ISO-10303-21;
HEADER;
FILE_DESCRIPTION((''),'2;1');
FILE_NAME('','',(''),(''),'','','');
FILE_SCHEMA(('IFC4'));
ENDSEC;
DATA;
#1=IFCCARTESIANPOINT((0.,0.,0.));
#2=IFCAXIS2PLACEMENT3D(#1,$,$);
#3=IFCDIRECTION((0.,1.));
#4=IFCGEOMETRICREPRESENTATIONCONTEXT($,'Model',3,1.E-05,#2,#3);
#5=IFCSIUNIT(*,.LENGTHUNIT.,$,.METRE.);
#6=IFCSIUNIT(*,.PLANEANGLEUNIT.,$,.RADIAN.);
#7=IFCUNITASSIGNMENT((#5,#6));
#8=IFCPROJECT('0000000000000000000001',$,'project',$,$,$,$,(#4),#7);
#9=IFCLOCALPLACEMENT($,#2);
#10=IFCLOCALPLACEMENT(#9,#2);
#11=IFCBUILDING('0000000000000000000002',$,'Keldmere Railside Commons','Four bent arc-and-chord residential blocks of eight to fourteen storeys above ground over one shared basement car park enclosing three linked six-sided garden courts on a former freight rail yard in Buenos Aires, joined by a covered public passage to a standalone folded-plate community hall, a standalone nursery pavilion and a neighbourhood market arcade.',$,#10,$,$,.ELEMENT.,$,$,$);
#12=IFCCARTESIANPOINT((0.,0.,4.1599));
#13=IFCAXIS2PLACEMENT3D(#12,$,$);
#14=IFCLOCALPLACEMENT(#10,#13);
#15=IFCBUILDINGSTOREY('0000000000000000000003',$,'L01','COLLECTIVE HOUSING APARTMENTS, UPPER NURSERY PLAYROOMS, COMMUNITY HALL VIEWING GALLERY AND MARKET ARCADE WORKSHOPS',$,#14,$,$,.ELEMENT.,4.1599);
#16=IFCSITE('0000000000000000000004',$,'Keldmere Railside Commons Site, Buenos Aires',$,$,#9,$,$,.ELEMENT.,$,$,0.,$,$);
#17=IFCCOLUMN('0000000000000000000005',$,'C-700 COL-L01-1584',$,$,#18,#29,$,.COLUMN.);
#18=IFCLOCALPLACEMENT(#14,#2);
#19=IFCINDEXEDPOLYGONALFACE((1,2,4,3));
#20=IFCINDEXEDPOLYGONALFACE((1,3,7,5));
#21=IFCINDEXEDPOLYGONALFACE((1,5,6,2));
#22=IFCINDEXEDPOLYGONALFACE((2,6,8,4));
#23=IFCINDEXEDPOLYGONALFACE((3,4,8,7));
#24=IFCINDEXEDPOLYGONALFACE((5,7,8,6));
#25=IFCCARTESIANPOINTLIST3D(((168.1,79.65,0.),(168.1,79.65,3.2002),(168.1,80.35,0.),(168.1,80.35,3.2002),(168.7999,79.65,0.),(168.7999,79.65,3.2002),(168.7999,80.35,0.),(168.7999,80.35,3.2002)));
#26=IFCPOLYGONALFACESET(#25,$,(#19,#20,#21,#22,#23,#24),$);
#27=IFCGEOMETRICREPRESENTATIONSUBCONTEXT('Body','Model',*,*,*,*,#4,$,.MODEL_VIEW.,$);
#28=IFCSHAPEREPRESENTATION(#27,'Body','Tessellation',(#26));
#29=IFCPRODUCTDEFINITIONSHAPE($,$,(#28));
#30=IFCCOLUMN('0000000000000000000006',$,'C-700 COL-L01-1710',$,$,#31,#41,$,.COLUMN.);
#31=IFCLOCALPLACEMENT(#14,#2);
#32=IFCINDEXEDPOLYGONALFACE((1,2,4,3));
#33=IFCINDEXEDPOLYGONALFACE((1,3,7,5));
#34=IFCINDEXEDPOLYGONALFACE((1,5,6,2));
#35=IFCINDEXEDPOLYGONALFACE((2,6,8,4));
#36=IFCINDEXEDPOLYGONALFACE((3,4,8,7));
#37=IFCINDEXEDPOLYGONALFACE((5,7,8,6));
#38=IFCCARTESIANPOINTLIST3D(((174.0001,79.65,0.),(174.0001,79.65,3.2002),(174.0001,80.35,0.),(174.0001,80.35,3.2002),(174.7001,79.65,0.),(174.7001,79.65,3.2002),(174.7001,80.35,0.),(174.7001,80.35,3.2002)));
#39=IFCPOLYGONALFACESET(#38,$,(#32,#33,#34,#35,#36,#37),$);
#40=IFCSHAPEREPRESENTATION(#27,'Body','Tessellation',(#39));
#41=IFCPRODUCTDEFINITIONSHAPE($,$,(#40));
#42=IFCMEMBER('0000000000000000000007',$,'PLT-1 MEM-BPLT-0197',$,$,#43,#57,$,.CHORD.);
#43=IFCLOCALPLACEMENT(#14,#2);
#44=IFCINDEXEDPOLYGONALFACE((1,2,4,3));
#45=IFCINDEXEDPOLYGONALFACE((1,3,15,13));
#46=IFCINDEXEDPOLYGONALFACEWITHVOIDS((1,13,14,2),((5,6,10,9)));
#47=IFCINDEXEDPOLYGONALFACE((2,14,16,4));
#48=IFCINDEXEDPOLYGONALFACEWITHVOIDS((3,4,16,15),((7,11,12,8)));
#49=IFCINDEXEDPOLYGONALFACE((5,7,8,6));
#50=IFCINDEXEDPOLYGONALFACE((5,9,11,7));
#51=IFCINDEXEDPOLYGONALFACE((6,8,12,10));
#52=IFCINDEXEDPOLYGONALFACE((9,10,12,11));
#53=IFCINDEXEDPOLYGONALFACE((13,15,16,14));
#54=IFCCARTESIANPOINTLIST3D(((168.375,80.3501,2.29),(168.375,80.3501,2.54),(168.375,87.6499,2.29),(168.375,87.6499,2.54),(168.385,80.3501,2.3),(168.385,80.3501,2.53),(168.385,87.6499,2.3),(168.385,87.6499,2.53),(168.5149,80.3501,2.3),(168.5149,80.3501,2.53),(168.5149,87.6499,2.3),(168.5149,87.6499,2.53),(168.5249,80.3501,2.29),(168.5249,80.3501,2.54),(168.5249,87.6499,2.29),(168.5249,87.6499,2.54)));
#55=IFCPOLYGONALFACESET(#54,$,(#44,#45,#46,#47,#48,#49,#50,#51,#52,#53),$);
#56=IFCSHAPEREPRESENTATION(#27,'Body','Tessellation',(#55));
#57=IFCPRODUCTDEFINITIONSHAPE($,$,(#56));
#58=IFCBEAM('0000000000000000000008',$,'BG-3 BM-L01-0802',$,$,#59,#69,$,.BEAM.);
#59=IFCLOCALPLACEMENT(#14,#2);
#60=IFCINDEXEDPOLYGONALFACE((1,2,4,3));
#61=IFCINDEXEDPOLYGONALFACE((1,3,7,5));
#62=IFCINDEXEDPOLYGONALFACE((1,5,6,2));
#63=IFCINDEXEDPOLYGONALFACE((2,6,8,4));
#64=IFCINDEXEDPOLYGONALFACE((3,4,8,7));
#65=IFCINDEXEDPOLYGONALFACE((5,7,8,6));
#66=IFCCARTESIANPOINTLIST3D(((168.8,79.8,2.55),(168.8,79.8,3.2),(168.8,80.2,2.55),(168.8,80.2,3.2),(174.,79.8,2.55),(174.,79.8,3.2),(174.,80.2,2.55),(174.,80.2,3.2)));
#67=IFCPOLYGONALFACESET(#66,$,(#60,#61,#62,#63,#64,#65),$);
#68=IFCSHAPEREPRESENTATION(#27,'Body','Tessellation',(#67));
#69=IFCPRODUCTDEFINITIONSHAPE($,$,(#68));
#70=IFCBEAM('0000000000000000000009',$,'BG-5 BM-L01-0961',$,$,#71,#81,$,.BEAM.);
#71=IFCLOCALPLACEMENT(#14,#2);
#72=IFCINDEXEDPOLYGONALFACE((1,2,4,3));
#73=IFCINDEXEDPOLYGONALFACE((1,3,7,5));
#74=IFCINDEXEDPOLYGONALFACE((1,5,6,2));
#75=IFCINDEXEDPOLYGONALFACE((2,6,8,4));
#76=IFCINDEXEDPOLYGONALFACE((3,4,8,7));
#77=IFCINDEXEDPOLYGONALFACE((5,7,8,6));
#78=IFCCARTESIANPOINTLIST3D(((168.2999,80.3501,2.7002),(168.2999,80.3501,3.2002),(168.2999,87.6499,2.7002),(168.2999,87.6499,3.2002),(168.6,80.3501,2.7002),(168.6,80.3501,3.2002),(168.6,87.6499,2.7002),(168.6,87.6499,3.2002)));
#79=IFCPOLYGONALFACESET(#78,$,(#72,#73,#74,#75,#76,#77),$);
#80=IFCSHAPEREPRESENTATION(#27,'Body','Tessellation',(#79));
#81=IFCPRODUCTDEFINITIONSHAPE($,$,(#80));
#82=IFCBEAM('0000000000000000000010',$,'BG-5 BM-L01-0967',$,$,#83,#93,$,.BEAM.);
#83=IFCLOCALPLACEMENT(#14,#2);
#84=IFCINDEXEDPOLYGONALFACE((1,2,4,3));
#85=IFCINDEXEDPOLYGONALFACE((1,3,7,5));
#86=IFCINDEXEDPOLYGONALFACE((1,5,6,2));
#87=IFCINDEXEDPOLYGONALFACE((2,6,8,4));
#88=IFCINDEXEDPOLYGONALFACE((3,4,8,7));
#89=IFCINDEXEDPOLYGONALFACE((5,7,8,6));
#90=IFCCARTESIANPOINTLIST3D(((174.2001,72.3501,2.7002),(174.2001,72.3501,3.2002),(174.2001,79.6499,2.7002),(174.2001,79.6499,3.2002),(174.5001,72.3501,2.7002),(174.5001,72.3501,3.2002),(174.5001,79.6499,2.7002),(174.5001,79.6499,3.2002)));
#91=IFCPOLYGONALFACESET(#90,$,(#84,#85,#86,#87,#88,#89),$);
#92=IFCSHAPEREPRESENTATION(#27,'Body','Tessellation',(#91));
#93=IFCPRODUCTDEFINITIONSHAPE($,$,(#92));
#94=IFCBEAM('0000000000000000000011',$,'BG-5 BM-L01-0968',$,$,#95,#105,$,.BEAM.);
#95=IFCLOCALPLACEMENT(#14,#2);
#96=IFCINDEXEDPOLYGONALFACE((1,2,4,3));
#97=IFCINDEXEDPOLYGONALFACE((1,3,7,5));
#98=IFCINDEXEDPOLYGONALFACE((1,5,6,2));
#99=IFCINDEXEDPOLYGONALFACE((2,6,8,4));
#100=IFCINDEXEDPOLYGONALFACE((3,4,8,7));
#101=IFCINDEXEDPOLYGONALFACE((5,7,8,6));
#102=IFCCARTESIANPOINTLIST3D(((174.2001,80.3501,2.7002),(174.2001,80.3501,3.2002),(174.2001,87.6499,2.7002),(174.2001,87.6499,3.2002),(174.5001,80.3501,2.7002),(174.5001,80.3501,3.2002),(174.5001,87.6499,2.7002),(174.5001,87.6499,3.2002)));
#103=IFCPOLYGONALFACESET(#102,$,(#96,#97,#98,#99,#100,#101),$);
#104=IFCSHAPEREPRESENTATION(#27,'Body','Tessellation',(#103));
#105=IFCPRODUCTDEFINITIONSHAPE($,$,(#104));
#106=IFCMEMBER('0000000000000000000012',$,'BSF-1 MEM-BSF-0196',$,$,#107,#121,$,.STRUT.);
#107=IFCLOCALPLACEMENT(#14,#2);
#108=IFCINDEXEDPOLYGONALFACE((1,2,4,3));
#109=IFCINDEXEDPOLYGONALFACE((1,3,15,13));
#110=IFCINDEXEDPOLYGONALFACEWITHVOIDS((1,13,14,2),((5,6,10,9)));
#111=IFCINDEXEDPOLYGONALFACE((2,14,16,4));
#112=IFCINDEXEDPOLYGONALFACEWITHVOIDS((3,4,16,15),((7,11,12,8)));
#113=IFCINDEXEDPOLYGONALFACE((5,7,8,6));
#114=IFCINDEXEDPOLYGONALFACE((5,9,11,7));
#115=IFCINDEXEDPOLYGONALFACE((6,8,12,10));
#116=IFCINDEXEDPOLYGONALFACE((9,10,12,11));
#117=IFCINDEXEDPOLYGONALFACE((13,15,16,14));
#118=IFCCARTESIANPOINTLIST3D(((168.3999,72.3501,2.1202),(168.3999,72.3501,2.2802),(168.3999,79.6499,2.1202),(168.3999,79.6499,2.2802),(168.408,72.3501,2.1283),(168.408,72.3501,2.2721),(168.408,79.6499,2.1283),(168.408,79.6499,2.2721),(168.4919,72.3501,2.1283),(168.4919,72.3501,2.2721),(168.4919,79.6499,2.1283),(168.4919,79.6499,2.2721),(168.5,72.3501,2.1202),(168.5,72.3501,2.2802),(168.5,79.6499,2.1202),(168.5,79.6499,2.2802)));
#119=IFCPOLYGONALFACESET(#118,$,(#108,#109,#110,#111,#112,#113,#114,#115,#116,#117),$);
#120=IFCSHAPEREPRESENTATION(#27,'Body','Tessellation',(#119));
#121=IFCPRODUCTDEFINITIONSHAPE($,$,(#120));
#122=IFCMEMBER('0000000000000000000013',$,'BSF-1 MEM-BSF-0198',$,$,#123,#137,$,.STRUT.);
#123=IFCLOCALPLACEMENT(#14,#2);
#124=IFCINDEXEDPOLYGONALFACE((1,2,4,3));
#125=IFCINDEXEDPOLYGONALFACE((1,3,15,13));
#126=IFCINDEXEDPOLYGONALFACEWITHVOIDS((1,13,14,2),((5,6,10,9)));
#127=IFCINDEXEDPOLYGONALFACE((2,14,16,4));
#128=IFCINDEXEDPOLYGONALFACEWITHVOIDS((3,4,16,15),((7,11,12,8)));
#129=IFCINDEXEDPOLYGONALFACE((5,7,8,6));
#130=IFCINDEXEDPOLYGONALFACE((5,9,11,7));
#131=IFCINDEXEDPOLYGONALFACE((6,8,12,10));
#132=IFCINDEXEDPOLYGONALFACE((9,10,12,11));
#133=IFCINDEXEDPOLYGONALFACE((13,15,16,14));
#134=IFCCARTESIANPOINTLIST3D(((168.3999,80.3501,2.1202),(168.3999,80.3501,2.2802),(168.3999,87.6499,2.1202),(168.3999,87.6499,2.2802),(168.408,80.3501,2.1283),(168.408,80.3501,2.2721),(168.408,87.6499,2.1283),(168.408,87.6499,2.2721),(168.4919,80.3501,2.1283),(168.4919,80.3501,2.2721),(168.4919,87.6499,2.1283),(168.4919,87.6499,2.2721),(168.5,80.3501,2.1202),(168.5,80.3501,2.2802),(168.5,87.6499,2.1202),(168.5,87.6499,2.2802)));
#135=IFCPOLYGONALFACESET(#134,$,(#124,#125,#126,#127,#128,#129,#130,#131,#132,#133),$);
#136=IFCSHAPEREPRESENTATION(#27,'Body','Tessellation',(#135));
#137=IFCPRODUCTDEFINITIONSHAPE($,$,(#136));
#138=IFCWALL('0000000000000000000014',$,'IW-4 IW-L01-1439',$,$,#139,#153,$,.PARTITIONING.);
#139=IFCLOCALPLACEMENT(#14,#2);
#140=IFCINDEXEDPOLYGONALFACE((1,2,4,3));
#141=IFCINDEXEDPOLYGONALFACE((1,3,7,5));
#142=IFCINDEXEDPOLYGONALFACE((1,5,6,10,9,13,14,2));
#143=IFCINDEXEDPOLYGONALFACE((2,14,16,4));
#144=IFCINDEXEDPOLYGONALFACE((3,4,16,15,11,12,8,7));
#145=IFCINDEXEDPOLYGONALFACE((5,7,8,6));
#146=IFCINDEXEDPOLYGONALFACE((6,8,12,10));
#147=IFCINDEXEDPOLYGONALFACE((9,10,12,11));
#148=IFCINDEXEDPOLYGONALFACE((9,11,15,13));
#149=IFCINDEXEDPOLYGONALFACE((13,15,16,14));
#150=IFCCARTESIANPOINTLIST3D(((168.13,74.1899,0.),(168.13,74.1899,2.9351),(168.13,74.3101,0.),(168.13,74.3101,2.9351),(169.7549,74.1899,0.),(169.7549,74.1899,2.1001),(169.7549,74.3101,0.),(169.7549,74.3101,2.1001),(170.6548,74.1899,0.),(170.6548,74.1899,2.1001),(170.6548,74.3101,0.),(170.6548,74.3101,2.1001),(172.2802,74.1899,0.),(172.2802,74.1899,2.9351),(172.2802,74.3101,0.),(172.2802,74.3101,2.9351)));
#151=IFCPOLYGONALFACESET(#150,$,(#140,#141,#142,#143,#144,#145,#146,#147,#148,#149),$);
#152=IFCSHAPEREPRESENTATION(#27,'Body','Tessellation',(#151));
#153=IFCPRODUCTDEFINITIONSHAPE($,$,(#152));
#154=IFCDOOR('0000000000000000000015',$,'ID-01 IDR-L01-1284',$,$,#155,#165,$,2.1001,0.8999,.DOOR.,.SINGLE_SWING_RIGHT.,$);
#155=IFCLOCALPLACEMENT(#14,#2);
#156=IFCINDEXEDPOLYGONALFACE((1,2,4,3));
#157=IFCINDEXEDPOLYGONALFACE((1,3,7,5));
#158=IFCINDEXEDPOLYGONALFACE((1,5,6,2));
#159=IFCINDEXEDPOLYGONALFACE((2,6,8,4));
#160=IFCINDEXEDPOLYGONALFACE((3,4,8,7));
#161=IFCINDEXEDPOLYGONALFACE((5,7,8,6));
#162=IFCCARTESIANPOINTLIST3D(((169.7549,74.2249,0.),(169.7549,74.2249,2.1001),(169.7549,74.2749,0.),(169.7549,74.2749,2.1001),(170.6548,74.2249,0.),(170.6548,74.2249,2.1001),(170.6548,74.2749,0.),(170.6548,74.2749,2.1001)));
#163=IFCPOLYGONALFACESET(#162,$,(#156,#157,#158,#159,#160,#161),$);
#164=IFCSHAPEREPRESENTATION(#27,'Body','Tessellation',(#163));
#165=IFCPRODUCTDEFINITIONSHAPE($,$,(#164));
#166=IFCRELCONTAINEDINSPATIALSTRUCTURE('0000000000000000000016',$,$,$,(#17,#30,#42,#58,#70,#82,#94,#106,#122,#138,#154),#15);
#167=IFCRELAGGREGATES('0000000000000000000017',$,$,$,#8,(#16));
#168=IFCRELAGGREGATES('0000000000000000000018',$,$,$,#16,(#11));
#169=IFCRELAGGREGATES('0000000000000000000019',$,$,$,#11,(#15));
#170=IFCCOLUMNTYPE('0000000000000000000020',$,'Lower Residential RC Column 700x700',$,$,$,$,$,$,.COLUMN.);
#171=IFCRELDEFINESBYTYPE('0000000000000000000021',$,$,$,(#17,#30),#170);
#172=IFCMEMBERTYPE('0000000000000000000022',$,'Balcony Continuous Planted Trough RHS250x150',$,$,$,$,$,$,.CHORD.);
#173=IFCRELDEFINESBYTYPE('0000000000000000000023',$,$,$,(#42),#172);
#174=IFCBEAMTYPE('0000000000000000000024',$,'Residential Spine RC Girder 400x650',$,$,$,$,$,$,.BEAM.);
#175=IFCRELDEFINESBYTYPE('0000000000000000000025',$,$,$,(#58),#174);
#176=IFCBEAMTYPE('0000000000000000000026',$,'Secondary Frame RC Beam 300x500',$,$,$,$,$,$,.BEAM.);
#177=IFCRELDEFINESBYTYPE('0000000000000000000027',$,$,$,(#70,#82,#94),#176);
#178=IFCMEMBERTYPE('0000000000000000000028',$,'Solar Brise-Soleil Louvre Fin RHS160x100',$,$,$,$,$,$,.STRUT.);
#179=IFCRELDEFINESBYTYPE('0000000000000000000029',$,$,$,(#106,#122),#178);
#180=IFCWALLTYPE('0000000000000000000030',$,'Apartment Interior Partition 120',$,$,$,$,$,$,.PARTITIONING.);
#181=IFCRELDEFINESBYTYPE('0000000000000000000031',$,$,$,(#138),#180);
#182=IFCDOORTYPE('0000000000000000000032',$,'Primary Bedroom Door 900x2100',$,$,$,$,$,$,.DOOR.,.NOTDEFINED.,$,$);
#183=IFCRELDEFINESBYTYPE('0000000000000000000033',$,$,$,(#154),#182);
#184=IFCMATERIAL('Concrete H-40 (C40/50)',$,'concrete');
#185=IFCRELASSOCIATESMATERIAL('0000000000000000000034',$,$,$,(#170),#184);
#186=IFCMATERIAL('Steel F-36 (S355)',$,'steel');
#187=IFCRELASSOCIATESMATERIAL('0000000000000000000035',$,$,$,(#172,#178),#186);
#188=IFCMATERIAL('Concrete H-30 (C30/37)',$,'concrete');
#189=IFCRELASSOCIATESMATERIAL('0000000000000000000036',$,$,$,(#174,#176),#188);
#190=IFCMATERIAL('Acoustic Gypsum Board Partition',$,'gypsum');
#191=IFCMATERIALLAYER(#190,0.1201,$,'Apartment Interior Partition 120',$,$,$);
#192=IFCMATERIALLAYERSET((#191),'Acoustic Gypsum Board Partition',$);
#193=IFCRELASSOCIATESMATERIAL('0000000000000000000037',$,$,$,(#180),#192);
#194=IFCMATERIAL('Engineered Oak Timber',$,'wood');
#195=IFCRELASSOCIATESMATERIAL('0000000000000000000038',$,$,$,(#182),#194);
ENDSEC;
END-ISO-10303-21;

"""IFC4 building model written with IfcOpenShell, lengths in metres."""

from ifc_helpers import new_model, si_unit, direction, frame, frame_2d, origin, origin_2d, place, context, subcontext, project, spatial, rectangle, hollow_rectangle, extrude, material, layer, layer_set, material_profile, profile_set, type_object, element, fill, save


model = new_model("IFC4")

# Units and contexts
model_context = context("Model", 3, precision=1e-05, world=origin(), true_north=direction((0.0, 1.0)))
body_context = subcontext(model_context, "Body", "Model", "MODEL_VIEW")
ifc_project = project(units=[si_unit("LENGTHUNIT", "METRE"), si_unit("PLANEANGLEUNIT", "RADIAN")], contexts=[model_context])

# Site, building, storey
site_placement = place(None, origin())
site = spatial("IfcSite", under=ifc_project, at=site_placement, Name="Keldmere Railside Commons Site, Buenos Aires", CompositionType="ELEMENT", RefElevation=0.0)
building_placement = place(site_placement, origin())
building = spatial("IfcBuilding", under=site, at=building_placement, Name="Keldmere Railside Commons", Description="Four bent arc-and-chord residential blocks of eight to fourteen storeys above ground over one shared basement car park enclosing three linked six-sided garden courts on a former freight rail yard in Buenos Aires, joined by a covered public passage to a standalone folded-plate community hall, a standalone nursery pavilion and a neighbourhood market arcade.", CompositionType="ELEMENT")
storey_placement = place(building_placement, frame((0.0, 0.0, 4.1599)))
storey = spatial("IfcBuildingStorey", under=building, at=storey_placement, Name="L01", Description="COLLECTIVE HOUSING APARTMENTS, UPPER NURSERY PLAYROOMS, COMMUNITY HALL VIEWING GALLERY AND MARKET ARCADE WORKSHOPS", CompositionType="ELEMENT", Elevation=4.1599)

# Columns
ifc_material_1 = material(Name="Concrete H-40 (C40/50)", Category="concrete")
ifc_material_profile_1 = material_profile(ifc_material_1, rectangle(XDim=0.7, YDim=0.7, at=origin_2d()), Name="RC-700x700")
ifc_profile_set_1 = profile_set([ifc_material_profile_1], Name="Concrete H-40 (C40/50)")
column_type = type_object("IfcColumnType", Name="Lower Residential RC Column 700x700", PredefinedType="COLUMN", material=ifc_profile_set_1)
for number, where, z_axis, x_axis, name in (
    (1, (168.45, 80.0, 0.0), (0.0, 0.0, 1.0), (1.0, 0.0, 0.0), "C-700 COL-L01-1584"),
    (2, (174.3501, 80.0, 0.0), (0.0, 0.0, 1.0), (1.0, 0.0, 0.0), "C-700 COL-L01-1710"),
):
    element("IfcColumn", number, at=place(storey_placement, frame(where, z_axis=z_axis, x_axis=x_axis)), inside=storey, type_object=column_type, Name=name, PredefinedType="COLUMN", context=body_context, shape_type="SweptSolid", body=[
        extrude(rectangle(XDim=0.7, YDim=0.7, at=origin_2d()), origin(), (0.0, 0.0, 1.0), 3.2002),
    ])

# Member
ifc_material_2 = material(Name="Steel F-36 (S355)", Category="steel")
ifc_material_profile_2 = material_profile(ifc_material_2, hollow_rectangle(XDim=0.1499, YDim=0.25, WallThickness=0.01, at=origin_2d()), Name="RHS-250x150x10")
ifc_profile_set_2 = profile_set([ifc_material_profile_2], Name="Steel F-36 (S355)")
member_type_1 = type_object("IfcMemberType", Name="Balcony Continuous Planted Trough RHS250x150", PredefinedType="CHORD", material=ifc_profile_set_2)
member_placement = place(storey_placement, frame((168.45, 80.3501, 2.415), z_axis=(0.0, 1.0, 0.0), x_axis=(-1.0, 0.0, 0.0)))
element("IfcMember", 3, at=member_placement, inside=storey, type_object=member_type_1, Name="PLT-1 MEM-BPLT-0197", PredefinedType="CHORD", context=body_context, shape_type="SweptSolid", body=[
    extrude(hollow_rectangle(XDim=0.1499, YDim=0.25, WallThickness=0.01, at=origin_2d()), origin(), (0.0, 0.0, 1.0), 7.2998),
])

# Beams
ifc_material_3 = material(Name="Concrete H-30 (C30/37)", Category="concrete")
ifc_material_profile_3 = material_profile(ifc_material_3, rectangle(XDim=0.3999, YDim=0.6499, at=origin_2d()), Name="RC-400x650")
ifc_profile_set_3 = profile_set([ifc_material_profile_3], Name="Concrete H-30 (C30/37)")
beam_type_1 = type_object("IfcBeamType", Name="Residential Spine RC Girder 400x650", PredefinedType="BEAM", material=ifc_profile_set_3)
beam_placement = place(storey_placement, frame((168.8, 80.0, 2.875), z_axis=(1.0, 0.0, 0.0), x_axis=(0.0, 1.0, 0.0)))
element("IfcBeam", 4, at=beam_placement, inside=storey, type_object=beam_type_1, Name="BG-3 BM-L01-0802", PredefinedType="BEAM", context=body_context, shape_type="SweptSolid", body=[
    extrude(rectangle(XDim=0.3999, YDim=0.6499, at=origin_2d()), origin(), (0.0, 0.0, 1.0), 5.2),
])
ifc_material_profile_4 = material_profile(ifc_material_3, rectangle(XDim=0.3, YDim=0.5, at=origin_2d()), Name="RC-300x500")
ifc_profile_set_4 = profile_set([ifc_material_profile_4], Name="Concrete H-30 (C30/37)")
beam_type_2 = type_object("IfcBeamType", Name="Secondary Frame RC Beam 300x500", PredefinedType="BEAM", material=ifc_profile_set_4)
for number, where, z_axis, x_axis, name in (
    (5, (168.45, 80.3501, 2.9502), (0.0, 1.0, 0.0), (-1.0, 0.0, 0.0), "BG-5 BM-L01-0961"),
    (6, (174.3501, 72.3501, 2.9502), (0.0, 1.0, 0.0), (-1.0, 0.0, 0.0), "BG-5 BM-L01-0967"),
    (7, (174.3501, 80.3501, 2.9502), (0.0, 1.0, 0.0), (-1.0, 0.0, 0.0), "BG-5 BM-L01-0968"),
):
    element("IfcBeam", number, at=place(storey_placement, frame(where, z_axis=z_axis, x_axis=x_axis)), inside=storey, type_object=beam_type_2, Name=name, PredefinedType="BEAM", context=body_context, shape_type="SweptSolid", body=[
        extrude(rectangle(XDim=0.3, YDim=0.5, at=origin_2d()), origin(), (0.0, 0.0, 1.0), 7.2998),
    ])

# Members
ifc_material_profile_5 = material_profile(ifc_material_2, hollow_rectangle(XDim=0.1001, YDim=0.1599, WallThickness=0.0081, at=origin_2d()), Name="RHS-160x100x8")
ifc_profile_set_5 = profile_set([ifc_material_profile_5], Name="Steel F-36 (S355)")
member_type_2 = type_object("IfcMemberType", Name="Solar Brise-Soleil Louvre Fin RHS160x100", PredefinedType="STRUT", material=ifc_profile_set_5)
for number, where, z_axis, x_axis, name in (
    (8, (168.45, 72.3501, 2.2002), (0.0, 1.0, 0.0), (-1.0, 0.0, 0.0), "BSF-1 MEM-BSF-0196"),
    (9, (168.45, 80.3501, 2.2002), (0.0, 1.0, 0.0), (-1.0, 0.0, 0.0), "BSF-1 MEM-BSF-0198"),
):
    element("IfcMember", number, at=place(storey_placement, frame(where, z_axis=z_axis, x_axis=x_axis)), inside=storey, type_object=member_type_2, Name=name, PredefinedType="STRUT", context=body_context, shape_type="SweptSolid", body=[
        extrude(hollow_rectangle(XDim=0.1001, YDim=0.1599, WallThickness=0.0081, at=origin_2d()), origin(), (0.0, 0.0, 1.0), 7.2998),
    ])

# Wall, opening, door
ifc_material_4 = material(Name="Acoustic Gypsum Board Partition", Category="gypsum")
ifc_layer_1 = layer(ifc_material_4, 0.1201, Name="Apartment Interior Partition 120")
ifc_layer_set_1 = layer_set([ifc_layer_1], Name="Acoustic Gypsum Board Partition")
wall_type_1 = type_object("IfcWallType", Name="Apartment Interior Partition 120", PredefinedType="PARTITIONING", material=ifc_layer_set_1)
wall_1_placement = place(storey_placement, frame((168.1299, 74.25, 0.0), z_axis=(0.0, 0.0, 1.0), x_axis=(1.0, 0.0, 0.0)))
wall_1 = element("IfcWall", 10, at=wall_1_placement, inside=storey, type_object=wall_type_1, Name="IW-4 IW-L01-1439", PredefinedType="PARTITIONING", context=body_context, shape_type="SweptSolid", body=[
    extrude(rectangle(XDim=4.1501, YDim=0.1201, at=frame_2d((2.0752, 0.0))), origin(), (0.0, 0.0, 1.0), 2.9351),
])
opening_1_placement = place(wall_1_placement, frame((1.625, 0.0, 0.0)))
opening_1 = element("IfcOpeningElement", 11, at=opening_1_placement, cuts=wall_1, PredefinedType="OPENING", context=body_context, shape_type="SweptSolid", body=[
    extrude(rectangle(XDim=0.8999, YDim=2.1001, at=frame_2d((0.45, 1.05))), frame((0.0, 0.0701, 0.0), z_axis=(0.0, -1.0, 0.0), x_axis=(1.0, 0.0, 0.0)), (0.0, 0.0, 1.0), 0.1401),
])
ifc_material_5 = material(Name="Engineered Oak Timber", Category="wood")
door_type_1 = type_object("IfcDoorType", Name="Primary Bedroom Door 900x2100", OperationType="NOTDEFINED", PredefinedType="DOOR", material=ifc_material_5)
door_1_placement = place(opening_1_placement, origin())
door_1 = element("IfcDoor", 12, at=door_1_placement, inside=storey, type_object=door_type_1, Name="ID-01 IDR-L01-1284", OperationType="SINGLE_SWING_RIGHT", OverallHeight=2.1001, OverallWidth=0.8999, PredefinedType="DOOR", context=body_context, shape_type="SweptSolid", body=[
    extrude(rectangle(XDim=0.8999, YDim=2.1001, at=frame_2d((0.45, 1.05))), frame((0.0, 0.0249, 0.0), z_axis=(0.0, -1.0, 0.0), x_axis=(1.0, 0.0, 0.0)), (0.0, 0.0, 1.0), 0.05),
])
fill(opening_1, door_1)

save(model, "model.ifc")
